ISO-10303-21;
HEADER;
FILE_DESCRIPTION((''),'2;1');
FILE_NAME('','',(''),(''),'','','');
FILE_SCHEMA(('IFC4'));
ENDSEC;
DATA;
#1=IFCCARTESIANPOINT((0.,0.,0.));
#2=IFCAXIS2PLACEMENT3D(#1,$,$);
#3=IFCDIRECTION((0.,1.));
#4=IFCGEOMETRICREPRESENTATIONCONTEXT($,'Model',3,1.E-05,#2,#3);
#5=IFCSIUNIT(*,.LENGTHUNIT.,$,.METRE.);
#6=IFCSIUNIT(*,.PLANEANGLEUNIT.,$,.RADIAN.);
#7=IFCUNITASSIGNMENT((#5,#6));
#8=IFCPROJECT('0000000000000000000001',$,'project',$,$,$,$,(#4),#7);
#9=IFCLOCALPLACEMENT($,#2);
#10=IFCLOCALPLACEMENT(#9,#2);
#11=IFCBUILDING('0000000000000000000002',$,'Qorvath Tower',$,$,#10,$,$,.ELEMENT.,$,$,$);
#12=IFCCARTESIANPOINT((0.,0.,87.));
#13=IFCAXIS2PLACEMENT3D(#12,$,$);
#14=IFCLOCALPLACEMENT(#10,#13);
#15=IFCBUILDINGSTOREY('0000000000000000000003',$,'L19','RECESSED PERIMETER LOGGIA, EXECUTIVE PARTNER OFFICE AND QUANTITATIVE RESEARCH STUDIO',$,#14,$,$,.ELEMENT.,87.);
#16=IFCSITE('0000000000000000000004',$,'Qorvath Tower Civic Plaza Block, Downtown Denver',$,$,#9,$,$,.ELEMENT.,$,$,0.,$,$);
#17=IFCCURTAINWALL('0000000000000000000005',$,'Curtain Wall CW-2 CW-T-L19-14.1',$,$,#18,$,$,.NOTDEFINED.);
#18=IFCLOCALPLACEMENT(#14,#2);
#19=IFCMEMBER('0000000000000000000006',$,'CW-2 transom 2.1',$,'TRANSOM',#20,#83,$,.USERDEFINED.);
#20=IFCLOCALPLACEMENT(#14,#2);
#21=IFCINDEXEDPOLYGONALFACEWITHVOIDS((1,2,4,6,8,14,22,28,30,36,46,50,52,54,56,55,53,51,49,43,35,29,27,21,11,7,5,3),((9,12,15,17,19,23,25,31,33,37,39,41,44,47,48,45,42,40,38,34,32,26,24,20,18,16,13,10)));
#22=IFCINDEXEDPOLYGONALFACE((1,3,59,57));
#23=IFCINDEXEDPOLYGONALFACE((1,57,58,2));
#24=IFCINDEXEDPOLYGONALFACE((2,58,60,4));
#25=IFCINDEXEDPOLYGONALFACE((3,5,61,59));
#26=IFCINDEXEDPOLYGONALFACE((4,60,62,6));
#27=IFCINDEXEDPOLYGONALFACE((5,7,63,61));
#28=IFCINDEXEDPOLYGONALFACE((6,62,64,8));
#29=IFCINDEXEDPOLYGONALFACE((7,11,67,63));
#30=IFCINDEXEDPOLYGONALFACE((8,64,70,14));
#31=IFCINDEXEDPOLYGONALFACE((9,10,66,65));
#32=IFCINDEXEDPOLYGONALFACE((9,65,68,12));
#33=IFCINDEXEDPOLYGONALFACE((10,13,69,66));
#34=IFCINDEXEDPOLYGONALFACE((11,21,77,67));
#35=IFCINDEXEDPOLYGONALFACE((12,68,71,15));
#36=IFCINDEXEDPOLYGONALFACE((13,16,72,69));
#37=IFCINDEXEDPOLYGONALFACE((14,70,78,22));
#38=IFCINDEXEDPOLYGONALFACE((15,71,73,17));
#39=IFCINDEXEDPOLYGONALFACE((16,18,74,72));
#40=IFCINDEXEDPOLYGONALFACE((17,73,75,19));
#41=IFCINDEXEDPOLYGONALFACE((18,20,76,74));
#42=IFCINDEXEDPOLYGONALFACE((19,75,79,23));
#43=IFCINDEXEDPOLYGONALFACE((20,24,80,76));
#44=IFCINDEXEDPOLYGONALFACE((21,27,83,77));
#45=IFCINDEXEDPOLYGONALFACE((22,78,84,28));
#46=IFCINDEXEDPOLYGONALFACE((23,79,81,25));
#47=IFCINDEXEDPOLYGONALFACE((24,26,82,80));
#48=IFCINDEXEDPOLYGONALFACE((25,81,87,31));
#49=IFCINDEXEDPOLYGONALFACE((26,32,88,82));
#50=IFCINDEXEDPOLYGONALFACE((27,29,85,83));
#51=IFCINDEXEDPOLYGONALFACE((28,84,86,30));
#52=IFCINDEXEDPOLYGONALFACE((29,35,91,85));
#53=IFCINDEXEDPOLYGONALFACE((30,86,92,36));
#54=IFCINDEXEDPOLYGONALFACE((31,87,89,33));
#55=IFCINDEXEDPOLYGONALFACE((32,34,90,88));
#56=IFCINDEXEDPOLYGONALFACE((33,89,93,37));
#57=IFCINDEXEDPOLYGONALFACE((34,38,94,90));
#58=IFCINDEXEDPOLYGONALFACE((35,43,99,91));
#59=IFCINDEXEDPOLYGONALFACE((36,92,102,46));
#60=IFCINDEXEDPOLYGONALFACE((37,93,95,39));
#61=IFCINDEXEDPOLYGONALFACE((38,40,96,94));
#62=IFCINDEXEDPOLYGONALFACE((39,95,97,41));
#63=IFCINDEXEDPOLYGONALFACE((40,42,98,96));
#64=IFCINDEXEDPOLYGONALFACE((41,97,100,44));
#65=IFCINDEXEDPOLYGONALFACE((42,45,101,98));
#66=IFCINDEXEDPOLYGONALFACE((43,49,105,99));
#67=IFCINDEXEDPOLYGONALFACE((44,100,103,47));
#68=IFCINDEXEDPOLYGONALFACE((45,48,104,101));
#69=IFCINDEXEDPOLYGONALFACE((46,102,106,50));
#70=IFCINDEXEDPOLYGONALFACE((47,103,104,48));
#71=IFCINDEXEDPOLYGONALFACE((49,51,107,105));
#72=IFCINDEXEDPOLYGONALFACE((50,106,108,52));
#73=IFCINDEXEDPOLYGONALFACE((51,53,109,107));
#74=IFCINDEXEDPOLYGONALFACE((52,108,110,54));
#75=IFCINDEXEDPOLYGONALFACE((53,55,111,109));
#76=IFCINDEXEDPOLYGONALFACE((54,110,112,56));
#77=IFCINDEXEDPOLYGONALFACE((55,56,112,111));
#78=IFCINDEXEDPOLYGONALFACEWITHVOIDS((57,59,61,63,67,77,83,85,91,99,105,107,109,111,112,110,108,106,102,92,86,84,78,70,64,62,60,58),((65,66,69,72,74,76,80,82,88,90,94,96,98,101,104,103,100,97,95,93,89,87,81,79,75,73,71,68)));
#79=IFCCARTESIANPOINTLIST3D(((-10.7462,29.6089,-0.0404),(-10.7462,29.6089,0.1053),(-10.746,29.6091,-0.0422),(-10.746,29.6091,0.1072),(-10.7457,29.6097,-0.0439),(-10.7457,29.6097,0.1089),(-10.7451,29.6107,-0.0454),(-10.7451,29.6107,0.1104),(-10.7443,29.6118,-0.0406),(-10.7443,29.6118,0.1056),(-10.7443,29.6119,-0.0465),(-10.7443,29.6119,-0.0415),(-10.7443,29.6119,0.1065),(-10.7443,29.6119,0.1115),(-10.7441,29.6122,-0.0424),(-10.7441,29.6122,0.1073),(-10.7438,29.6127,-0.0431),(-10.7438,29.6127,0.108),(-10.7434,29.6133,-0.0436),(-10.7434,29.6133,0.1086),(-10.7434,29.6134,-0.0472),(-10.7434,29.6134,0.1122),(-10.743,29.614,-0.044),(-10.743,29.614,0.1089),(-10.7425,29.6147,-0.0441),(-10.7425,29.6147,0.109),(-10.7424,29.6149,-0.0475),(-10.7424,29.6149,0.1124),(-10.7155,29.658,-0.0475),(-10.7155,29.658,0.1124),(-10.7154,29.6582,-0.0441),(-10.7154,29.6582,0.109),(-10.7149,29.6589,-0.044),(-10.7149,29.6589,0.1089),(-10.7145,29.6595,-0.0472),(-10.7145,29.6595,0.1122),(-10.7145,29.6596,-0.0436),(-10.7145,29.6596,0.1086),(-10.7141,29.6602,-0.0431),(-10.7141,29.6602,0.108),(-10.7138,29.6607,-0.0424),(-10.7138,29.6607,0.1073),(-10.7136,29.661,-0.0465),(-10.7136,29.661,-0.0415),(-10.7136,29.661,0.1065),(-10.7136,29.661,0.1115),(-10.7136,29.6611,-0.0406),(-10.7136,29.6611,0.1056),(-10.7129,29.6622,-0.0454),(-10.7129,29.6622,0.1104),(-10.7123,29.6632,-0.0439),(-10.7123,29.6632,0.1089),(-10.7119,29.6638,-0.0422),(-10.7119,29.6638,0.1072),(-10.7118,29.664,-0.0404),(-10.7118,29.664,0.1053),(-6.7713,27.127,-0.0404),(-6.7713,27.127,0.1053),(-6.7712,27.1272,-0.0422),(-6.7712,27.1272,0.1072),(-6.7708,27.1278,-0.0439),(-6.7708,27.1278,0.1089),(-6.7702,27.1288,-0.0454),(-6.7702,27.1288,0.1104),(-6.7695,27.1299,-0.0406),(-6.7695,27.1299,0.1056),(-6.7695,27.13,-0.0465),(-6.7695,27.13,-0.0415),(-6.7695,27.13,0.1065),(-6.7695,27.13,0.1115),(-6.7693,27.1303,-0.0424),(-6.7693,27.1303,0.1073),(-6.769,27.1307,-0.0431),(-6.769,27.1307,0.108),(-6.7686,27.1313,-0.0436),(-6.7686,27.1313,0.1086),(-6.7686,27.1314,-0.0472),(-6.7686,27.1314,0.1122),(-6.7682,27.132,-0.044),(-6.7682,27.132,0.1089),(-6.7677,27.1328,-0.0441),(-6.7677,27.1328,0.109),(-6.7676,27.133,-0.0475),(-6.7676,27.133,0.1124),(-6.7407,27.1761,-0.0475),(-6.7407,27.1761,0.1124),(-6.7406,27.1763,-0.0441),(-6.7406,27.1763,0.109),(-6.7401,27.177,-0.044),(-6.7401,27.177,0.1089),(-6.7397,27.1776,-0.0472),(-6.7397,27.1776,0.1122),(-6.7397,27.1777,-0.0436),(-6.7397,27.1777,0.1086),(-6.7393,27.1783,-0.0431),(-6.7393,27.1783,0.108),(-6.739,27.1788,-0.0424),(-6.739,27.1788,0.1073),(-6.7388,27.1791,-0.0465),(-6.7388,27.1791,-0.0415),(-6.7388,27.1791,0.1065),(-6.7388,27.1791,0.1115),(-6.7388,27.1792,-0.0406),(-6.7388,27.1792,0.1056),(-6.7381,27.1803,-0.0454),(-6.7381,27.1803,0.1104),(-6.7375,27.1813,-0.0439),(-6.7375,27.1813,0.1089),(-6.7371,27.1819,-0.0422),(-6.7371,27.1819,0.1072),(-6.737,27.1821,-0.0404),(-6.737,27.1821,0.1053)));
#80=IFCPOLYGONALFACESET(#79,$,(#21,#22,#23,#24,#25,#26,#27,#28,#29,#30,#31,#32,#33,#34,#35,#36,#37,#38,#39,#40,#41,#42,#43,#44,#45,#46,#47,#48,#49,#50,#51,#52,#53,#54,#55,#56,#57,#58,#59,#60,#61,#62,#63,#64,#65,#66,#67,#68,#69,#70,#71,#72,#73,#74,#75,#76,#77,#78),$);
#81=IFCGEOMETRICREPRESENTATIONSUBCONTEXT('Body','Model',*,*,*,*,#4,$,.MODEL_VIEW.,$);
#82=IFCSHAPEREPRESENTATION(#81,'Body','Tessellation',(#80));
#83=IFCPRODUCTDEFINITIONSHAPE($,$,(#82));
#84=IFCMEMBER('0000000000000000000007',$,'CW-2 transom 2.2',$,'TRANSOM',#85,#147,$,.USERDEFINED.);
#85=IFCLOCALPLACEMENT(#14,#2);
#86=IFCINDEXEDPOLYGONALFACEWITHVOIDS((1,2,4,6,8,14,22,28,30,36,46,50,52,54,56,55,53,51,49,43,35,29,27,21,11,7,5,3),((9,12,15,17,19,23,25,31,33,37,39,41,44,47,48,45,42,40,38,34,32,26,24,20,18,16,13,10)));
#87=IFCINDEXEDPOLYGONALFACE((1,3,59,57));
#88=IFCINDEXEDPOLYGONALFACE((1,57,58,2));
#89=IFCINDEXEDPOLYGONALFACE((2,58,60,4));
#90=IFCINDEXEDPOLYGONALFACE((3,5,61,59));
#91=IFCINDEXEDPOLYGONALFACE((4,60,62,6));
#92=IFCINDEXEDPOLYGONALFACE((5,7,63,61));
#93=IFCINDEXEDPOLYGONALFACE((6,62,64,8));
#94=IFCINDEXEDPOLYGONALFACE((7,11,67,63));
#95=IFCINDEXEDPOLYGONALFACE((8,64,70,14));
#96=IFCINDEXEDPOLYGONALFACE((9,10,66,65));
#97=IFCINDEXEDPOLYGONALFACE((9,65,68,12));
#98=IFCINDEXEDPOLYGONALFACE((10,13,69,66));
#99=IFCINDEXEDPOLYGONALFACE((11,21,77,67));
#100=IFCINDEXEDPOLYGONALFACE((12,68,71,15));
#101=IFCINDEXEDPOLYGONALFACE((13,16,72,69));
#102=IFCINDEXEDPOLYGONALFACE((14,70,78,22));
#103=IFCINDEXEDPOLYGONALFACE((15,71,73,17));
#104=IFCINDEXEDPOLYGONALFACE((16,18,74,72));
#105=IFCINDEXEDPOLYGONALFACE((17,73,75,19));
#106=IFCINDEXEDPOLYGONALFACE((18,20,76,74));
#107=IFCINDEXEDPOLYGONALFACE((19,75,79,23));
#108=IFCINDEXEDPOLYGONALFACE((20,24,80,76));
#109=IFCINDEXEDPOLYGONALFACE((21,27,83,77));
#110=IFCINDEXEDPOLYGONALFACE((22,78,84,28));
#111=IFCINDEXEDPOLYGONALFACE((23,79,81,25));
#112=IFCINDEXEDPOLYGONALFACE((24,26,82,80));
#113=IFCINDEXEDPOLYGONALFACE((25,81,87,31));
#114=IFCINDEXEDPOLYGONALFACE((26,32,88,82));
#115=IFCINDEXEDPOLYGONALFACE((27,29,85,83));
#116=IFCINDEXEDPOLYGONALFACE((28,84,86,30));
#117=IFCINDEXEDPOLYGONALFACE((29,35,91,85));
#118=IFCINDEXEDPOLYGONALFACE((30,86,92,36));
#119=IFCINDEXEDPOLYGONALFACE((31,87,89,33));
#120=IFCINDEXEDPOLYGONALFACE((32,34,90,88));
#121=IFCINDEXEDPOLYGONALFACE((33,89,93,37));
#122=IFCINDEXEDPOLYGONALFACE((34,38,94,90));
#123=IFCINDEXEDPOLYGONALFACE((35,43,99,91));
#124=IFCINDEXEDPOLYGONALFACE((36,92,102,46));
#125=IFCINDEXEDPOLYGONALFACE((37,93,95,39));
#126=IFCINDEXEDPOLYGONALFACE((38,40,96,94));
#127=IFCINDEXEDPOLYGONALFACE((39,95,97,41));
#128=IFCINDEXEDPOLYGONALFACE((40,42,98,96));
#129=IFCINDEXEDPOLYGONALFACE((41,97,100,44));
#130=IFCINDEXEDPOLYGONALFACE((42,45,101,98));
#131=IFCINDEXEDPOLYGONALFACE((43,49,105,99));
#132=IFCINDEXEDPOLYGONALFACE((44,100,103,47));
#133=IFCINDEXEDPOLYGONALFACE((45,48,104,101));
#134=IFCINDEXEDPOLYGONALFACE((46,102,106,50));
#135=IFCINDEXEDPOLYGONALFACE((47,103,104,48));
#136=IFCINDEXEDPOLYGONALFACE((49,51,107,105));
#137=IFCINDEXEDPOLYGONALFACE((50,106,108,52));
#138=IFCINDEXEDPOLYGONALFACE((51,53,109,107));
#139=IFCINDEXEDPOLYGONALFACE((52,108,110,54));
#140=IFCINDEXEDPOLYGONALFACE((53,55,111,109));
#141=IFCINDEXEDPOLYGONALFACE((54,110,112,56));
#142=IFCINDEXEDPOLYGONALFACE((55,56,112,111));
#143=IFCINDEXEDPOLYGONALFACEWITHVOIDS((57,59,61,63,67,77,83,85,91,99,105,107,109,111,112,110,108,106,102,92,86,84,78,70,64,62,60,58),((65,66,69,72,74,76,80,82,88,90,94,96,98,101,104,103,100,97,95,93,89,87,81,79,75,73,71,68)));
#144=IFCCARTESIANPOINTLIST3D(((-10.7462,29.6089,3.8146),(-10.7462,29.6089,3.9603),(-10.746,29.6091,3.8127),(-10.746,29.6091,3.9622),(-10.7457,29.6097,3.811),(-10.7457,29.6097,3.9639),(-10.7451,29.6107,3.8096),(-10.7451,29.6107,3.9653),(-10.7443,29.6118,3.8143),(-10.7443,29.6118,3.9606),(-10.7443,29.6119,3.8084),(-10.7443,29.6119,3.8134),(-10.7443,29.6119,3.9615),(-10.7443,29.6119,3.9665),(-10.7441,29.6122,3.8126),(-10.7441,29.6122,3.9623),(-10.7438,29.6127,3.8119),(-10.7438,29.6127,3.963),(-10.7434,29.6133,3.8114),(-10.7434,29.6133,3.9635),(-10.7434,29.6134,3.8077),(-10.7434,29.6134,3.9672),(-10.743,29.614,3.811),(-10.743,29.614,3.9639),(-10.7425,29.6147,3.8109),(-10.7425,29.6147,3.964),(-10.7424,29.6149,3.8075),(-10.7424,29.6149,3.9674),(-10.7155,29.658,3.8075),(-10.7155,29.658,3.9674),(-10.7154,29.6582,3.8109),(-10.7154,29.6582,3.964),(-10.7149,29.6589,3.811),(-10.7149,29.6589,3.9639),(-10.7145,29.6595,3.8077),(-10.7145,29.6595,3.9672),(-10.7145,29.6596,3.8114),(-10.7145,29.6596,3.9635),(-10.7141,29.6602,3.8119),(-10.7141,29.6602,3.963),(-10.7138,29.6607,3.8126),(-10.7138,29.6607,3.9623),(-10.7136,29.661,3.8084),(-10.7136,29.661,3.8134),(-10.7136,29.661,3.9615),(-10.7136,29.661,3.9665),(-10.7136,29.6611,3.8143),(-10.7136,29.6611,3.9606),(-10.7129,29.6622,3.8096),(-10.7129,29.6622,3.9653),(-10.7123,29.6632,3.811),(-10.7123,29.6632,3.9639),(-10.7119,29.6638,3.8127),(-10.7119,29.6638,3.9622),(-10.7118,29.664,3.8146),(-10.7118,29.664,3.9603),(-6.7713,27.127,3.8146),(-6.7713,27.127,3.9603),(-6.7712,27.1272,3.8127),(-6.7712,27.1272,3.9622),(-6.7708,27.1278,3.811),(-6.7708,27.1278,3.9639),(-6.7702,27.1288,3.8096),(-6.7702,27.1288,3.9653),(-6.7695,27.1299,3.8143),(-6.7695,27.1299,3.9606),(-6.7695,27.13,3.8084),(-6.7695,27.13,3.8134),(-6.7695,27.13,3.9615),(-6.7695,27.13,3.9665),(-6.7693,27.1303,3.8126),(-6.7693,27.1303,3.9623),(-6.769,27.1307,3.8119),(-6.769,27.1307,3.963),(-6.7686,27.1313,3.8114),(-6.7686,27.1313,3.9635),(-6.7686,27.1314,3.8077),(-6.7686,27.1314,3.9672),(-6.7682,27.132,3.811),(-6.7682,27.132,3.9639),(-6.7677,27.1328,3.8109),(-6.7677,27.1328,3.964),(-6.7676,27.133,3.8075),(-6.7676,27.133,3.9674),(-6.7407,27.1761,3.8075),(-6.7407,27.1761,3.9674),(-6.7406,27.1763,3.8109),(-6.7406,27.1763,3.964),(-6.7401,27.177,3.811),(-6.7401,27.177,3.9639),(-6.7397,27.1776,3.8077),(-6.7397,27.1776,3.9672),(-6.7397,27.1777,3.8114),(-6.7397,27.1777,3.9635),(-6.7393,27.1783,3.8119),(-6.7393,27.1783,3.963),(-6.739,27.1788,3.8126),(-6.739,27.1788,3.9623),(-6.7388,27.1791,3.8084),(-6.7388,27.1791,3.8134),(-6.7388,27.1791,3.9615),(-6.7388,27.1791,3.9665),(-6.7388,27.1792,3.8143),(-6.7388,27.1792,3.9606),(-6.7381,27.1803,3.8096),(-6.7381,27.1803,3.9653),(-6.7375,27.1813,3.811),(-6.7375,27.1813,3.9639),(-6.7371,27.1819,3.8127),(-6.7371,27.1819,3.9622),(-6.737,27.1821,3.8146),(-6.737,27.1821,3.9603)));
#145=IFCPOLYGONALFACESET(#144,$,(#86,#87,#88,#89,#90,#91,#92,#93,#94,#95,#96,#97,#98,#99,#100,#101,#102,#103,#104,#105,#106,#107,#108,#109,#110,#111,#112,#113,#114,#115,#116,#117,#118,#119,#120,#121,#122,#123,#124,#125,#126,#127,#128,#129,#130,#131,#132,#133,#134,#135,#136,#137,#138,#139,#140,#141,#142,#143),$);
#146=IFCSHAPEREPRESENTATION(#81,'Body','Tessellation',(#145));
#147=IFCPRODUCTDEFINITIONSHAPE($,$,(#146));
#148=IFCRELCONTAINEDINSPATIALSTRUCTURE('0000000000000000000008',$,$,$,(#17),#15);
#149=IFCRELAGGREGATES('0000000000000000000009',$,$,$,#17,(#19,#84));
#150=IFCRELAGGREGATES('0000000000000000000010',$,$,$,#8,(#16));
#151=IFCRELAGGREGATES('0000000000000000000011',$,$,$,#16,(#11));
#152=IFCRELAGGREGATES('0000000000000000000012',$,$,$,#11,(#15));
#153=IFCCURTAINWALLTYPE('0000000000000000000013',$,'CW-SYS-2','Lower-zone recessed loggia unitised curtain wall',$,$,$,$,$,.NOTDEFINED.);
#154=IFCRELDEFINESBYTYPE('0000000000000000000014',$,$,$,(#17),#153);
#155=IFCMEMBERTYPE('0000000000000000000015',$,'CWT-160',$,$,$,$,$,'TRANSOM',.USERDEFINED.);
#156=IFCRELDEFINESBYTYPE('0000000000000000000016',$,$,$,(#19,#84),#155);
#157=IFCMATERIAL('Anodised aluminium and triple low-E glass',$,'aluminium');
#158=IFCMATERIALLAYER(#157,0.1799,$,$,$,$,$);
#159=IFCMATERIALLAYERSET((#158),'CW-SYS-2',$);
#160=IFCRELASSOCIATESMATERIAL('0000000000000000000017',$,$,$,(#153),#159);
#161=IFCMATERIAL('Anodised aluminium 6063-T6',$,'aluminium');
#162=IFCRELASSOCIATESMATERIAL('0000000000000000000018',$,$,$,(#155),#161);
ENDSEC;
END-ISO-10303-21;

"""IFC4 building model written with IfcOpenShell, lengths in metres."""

from ifc_helpers import new_model, si_unit, direction, frame, origin, origin_2d, place, context, subcontext, project, spatial, hollow_rectangle, extrude, material, layer, layer_set, material_profile, profile_set, type_object, element, aggregate, save


model = new_model("IFC4")

# Units and contexts
model_context = context("Model", 3, precision=1e-05, world=origin(), true_north=direction((0.0, 1.0)))
body_context = subcontext(model_context, "Body", "Model", "MODEL_VIEW")
ifc_project = project(units=[si_unit("LENGTHUNIT", "METRE"), si_unit("PLANEANGLEUNIT", "RADIAN")], contexts=[model_context])

# Site, building, storey
site_placement = place(None, origin())
site = spatial("IfcSite", under=ifc_project, at=site_placement, Name="Qorvath Tower Civic Plaza Block, Downtown Denver", CompositionType="ELEMENT", RefElevation=0.0)
building_placement = place(site_placement, origin())
building = spatial("IfcBuilding", under=site, at=building_placement, Name="Qorvath Tower", CompositionType="ELEMENT")
storey_placement = place(building_placement, frame((0.0, 0.0, 87.0)))
storey = spatial("IfcBuildingStorey", under=building, at=storey_placement, Name="L19", Description="RECESSED PERIMETER LOGGIA, EXECUTIVE PARTNER OFFICE AND QUANTITATIVE RESEARCH STUDIO", CompositionType="ELEMENT", Elevation=87.0)

# Shared definitions
ifc_material_1 = material(Name="Anodised aluminium and triple low-E glass", Category="aluminium")
ifc_layer_1 = layer(ifc_material_1, 0.1799)
ifc_layer_set_1 = layer_set([ifc_layer_1], Name="CW-SYS-2")
curtain_wall_type = type_object("IfcCurtainWallType", Name="CW-SYS-2", Description="Lower-zone recessed loggia unitised curtain wall", PredefinedType="NOTDEFINED", material=ifc_layer_set_1)

# Curtain wall
curtain_wall_1_placement = place(storey_placement, origin())
curtain_wall_1 = element("IfcCurtainWall", 1, at=curtain_wall_1_placement, inside=storey, type_object=curtain_wall_type, Name="Curtain Wall CW-2 CW-T-L19-14.1", PredefinedType="NOTDEFINED")

# Members
ifc_material_2 = material(Name="Anodised aluminium 6063-T6", Category="aluminium")
ifc_material_profile_1 = material_profile(ifc_material_2, hollow_rectangle(XDim=0.0649, YDim=0.1599, WallThickness=0.0034, InnerFilletRadius=0.0034, OuterFilletRadius=0.0071, at=origin_2d()), Name="CWT 160x65")
ifc_profile_set_1 = profile_set([ifc_material_profile_1], Name="Anodised aluminium 6063-T6")
member_type_1 = type_object("IfcMemberType", Name="CWT-160", ElementType="TRANSOM", PredefinedType="USERDEFINED", material=ifc_profile_set_1)
member_1_placement = place(storey_placement, frame((-6.7542, 27.1545, 0.0325), z_axis=(-0.848224, 0.529638, 0.0), x_axis=(-0.529638, -0.848224, 0.0)))
member_1 = element("IfcMember", 2, at=member_1_placement, type_object=member_type_1, Name="CW-2 transom 2.1", ObjectType="TRANSOM", PredefinedType="USERDEFINED", context=body_context, shape_type="SweptSolid", body=[
    extrude(hollow_rectangle(XDim=0.0649, YDim=0.1599, WallThickness=0.0034, InnerFilletRadius=0.0034, OuterFilletRadius=0.0071, at=origin_2d()), origin(), (0.0, 0.0, 1.0), 4.686),
])
member_2_placement = place(storey_placement, frame((-6.7542, 27.1545, 3.8875), z_axis=(-0.848224, 0.529638, 0.0), x_axis=(-0.529638, -0.848224, 0.0)))
member_2 = element("IfcMember", 3, at=member_2_placement, type_object=member_type_1, Name="CW-2 transom 2.2", ObjectType="TRANSOM", PredefinedType="USERDEFINED", context=body_context, shape_type="SweptSolid", body=[
    extrude(hollow_rectangle(XDim=0.0649, YDim=0.1599, WallThickness=0.0034, InnerFilletRadius=0.0034, OuterFilletRadius=0.0071, at=origin_2d()), origin(), (0.0, 0.0, 1.0), 4.686),
])

aggregate(curtain_wall_1, [member_1, member_2])

save(model, "model.ifc")
